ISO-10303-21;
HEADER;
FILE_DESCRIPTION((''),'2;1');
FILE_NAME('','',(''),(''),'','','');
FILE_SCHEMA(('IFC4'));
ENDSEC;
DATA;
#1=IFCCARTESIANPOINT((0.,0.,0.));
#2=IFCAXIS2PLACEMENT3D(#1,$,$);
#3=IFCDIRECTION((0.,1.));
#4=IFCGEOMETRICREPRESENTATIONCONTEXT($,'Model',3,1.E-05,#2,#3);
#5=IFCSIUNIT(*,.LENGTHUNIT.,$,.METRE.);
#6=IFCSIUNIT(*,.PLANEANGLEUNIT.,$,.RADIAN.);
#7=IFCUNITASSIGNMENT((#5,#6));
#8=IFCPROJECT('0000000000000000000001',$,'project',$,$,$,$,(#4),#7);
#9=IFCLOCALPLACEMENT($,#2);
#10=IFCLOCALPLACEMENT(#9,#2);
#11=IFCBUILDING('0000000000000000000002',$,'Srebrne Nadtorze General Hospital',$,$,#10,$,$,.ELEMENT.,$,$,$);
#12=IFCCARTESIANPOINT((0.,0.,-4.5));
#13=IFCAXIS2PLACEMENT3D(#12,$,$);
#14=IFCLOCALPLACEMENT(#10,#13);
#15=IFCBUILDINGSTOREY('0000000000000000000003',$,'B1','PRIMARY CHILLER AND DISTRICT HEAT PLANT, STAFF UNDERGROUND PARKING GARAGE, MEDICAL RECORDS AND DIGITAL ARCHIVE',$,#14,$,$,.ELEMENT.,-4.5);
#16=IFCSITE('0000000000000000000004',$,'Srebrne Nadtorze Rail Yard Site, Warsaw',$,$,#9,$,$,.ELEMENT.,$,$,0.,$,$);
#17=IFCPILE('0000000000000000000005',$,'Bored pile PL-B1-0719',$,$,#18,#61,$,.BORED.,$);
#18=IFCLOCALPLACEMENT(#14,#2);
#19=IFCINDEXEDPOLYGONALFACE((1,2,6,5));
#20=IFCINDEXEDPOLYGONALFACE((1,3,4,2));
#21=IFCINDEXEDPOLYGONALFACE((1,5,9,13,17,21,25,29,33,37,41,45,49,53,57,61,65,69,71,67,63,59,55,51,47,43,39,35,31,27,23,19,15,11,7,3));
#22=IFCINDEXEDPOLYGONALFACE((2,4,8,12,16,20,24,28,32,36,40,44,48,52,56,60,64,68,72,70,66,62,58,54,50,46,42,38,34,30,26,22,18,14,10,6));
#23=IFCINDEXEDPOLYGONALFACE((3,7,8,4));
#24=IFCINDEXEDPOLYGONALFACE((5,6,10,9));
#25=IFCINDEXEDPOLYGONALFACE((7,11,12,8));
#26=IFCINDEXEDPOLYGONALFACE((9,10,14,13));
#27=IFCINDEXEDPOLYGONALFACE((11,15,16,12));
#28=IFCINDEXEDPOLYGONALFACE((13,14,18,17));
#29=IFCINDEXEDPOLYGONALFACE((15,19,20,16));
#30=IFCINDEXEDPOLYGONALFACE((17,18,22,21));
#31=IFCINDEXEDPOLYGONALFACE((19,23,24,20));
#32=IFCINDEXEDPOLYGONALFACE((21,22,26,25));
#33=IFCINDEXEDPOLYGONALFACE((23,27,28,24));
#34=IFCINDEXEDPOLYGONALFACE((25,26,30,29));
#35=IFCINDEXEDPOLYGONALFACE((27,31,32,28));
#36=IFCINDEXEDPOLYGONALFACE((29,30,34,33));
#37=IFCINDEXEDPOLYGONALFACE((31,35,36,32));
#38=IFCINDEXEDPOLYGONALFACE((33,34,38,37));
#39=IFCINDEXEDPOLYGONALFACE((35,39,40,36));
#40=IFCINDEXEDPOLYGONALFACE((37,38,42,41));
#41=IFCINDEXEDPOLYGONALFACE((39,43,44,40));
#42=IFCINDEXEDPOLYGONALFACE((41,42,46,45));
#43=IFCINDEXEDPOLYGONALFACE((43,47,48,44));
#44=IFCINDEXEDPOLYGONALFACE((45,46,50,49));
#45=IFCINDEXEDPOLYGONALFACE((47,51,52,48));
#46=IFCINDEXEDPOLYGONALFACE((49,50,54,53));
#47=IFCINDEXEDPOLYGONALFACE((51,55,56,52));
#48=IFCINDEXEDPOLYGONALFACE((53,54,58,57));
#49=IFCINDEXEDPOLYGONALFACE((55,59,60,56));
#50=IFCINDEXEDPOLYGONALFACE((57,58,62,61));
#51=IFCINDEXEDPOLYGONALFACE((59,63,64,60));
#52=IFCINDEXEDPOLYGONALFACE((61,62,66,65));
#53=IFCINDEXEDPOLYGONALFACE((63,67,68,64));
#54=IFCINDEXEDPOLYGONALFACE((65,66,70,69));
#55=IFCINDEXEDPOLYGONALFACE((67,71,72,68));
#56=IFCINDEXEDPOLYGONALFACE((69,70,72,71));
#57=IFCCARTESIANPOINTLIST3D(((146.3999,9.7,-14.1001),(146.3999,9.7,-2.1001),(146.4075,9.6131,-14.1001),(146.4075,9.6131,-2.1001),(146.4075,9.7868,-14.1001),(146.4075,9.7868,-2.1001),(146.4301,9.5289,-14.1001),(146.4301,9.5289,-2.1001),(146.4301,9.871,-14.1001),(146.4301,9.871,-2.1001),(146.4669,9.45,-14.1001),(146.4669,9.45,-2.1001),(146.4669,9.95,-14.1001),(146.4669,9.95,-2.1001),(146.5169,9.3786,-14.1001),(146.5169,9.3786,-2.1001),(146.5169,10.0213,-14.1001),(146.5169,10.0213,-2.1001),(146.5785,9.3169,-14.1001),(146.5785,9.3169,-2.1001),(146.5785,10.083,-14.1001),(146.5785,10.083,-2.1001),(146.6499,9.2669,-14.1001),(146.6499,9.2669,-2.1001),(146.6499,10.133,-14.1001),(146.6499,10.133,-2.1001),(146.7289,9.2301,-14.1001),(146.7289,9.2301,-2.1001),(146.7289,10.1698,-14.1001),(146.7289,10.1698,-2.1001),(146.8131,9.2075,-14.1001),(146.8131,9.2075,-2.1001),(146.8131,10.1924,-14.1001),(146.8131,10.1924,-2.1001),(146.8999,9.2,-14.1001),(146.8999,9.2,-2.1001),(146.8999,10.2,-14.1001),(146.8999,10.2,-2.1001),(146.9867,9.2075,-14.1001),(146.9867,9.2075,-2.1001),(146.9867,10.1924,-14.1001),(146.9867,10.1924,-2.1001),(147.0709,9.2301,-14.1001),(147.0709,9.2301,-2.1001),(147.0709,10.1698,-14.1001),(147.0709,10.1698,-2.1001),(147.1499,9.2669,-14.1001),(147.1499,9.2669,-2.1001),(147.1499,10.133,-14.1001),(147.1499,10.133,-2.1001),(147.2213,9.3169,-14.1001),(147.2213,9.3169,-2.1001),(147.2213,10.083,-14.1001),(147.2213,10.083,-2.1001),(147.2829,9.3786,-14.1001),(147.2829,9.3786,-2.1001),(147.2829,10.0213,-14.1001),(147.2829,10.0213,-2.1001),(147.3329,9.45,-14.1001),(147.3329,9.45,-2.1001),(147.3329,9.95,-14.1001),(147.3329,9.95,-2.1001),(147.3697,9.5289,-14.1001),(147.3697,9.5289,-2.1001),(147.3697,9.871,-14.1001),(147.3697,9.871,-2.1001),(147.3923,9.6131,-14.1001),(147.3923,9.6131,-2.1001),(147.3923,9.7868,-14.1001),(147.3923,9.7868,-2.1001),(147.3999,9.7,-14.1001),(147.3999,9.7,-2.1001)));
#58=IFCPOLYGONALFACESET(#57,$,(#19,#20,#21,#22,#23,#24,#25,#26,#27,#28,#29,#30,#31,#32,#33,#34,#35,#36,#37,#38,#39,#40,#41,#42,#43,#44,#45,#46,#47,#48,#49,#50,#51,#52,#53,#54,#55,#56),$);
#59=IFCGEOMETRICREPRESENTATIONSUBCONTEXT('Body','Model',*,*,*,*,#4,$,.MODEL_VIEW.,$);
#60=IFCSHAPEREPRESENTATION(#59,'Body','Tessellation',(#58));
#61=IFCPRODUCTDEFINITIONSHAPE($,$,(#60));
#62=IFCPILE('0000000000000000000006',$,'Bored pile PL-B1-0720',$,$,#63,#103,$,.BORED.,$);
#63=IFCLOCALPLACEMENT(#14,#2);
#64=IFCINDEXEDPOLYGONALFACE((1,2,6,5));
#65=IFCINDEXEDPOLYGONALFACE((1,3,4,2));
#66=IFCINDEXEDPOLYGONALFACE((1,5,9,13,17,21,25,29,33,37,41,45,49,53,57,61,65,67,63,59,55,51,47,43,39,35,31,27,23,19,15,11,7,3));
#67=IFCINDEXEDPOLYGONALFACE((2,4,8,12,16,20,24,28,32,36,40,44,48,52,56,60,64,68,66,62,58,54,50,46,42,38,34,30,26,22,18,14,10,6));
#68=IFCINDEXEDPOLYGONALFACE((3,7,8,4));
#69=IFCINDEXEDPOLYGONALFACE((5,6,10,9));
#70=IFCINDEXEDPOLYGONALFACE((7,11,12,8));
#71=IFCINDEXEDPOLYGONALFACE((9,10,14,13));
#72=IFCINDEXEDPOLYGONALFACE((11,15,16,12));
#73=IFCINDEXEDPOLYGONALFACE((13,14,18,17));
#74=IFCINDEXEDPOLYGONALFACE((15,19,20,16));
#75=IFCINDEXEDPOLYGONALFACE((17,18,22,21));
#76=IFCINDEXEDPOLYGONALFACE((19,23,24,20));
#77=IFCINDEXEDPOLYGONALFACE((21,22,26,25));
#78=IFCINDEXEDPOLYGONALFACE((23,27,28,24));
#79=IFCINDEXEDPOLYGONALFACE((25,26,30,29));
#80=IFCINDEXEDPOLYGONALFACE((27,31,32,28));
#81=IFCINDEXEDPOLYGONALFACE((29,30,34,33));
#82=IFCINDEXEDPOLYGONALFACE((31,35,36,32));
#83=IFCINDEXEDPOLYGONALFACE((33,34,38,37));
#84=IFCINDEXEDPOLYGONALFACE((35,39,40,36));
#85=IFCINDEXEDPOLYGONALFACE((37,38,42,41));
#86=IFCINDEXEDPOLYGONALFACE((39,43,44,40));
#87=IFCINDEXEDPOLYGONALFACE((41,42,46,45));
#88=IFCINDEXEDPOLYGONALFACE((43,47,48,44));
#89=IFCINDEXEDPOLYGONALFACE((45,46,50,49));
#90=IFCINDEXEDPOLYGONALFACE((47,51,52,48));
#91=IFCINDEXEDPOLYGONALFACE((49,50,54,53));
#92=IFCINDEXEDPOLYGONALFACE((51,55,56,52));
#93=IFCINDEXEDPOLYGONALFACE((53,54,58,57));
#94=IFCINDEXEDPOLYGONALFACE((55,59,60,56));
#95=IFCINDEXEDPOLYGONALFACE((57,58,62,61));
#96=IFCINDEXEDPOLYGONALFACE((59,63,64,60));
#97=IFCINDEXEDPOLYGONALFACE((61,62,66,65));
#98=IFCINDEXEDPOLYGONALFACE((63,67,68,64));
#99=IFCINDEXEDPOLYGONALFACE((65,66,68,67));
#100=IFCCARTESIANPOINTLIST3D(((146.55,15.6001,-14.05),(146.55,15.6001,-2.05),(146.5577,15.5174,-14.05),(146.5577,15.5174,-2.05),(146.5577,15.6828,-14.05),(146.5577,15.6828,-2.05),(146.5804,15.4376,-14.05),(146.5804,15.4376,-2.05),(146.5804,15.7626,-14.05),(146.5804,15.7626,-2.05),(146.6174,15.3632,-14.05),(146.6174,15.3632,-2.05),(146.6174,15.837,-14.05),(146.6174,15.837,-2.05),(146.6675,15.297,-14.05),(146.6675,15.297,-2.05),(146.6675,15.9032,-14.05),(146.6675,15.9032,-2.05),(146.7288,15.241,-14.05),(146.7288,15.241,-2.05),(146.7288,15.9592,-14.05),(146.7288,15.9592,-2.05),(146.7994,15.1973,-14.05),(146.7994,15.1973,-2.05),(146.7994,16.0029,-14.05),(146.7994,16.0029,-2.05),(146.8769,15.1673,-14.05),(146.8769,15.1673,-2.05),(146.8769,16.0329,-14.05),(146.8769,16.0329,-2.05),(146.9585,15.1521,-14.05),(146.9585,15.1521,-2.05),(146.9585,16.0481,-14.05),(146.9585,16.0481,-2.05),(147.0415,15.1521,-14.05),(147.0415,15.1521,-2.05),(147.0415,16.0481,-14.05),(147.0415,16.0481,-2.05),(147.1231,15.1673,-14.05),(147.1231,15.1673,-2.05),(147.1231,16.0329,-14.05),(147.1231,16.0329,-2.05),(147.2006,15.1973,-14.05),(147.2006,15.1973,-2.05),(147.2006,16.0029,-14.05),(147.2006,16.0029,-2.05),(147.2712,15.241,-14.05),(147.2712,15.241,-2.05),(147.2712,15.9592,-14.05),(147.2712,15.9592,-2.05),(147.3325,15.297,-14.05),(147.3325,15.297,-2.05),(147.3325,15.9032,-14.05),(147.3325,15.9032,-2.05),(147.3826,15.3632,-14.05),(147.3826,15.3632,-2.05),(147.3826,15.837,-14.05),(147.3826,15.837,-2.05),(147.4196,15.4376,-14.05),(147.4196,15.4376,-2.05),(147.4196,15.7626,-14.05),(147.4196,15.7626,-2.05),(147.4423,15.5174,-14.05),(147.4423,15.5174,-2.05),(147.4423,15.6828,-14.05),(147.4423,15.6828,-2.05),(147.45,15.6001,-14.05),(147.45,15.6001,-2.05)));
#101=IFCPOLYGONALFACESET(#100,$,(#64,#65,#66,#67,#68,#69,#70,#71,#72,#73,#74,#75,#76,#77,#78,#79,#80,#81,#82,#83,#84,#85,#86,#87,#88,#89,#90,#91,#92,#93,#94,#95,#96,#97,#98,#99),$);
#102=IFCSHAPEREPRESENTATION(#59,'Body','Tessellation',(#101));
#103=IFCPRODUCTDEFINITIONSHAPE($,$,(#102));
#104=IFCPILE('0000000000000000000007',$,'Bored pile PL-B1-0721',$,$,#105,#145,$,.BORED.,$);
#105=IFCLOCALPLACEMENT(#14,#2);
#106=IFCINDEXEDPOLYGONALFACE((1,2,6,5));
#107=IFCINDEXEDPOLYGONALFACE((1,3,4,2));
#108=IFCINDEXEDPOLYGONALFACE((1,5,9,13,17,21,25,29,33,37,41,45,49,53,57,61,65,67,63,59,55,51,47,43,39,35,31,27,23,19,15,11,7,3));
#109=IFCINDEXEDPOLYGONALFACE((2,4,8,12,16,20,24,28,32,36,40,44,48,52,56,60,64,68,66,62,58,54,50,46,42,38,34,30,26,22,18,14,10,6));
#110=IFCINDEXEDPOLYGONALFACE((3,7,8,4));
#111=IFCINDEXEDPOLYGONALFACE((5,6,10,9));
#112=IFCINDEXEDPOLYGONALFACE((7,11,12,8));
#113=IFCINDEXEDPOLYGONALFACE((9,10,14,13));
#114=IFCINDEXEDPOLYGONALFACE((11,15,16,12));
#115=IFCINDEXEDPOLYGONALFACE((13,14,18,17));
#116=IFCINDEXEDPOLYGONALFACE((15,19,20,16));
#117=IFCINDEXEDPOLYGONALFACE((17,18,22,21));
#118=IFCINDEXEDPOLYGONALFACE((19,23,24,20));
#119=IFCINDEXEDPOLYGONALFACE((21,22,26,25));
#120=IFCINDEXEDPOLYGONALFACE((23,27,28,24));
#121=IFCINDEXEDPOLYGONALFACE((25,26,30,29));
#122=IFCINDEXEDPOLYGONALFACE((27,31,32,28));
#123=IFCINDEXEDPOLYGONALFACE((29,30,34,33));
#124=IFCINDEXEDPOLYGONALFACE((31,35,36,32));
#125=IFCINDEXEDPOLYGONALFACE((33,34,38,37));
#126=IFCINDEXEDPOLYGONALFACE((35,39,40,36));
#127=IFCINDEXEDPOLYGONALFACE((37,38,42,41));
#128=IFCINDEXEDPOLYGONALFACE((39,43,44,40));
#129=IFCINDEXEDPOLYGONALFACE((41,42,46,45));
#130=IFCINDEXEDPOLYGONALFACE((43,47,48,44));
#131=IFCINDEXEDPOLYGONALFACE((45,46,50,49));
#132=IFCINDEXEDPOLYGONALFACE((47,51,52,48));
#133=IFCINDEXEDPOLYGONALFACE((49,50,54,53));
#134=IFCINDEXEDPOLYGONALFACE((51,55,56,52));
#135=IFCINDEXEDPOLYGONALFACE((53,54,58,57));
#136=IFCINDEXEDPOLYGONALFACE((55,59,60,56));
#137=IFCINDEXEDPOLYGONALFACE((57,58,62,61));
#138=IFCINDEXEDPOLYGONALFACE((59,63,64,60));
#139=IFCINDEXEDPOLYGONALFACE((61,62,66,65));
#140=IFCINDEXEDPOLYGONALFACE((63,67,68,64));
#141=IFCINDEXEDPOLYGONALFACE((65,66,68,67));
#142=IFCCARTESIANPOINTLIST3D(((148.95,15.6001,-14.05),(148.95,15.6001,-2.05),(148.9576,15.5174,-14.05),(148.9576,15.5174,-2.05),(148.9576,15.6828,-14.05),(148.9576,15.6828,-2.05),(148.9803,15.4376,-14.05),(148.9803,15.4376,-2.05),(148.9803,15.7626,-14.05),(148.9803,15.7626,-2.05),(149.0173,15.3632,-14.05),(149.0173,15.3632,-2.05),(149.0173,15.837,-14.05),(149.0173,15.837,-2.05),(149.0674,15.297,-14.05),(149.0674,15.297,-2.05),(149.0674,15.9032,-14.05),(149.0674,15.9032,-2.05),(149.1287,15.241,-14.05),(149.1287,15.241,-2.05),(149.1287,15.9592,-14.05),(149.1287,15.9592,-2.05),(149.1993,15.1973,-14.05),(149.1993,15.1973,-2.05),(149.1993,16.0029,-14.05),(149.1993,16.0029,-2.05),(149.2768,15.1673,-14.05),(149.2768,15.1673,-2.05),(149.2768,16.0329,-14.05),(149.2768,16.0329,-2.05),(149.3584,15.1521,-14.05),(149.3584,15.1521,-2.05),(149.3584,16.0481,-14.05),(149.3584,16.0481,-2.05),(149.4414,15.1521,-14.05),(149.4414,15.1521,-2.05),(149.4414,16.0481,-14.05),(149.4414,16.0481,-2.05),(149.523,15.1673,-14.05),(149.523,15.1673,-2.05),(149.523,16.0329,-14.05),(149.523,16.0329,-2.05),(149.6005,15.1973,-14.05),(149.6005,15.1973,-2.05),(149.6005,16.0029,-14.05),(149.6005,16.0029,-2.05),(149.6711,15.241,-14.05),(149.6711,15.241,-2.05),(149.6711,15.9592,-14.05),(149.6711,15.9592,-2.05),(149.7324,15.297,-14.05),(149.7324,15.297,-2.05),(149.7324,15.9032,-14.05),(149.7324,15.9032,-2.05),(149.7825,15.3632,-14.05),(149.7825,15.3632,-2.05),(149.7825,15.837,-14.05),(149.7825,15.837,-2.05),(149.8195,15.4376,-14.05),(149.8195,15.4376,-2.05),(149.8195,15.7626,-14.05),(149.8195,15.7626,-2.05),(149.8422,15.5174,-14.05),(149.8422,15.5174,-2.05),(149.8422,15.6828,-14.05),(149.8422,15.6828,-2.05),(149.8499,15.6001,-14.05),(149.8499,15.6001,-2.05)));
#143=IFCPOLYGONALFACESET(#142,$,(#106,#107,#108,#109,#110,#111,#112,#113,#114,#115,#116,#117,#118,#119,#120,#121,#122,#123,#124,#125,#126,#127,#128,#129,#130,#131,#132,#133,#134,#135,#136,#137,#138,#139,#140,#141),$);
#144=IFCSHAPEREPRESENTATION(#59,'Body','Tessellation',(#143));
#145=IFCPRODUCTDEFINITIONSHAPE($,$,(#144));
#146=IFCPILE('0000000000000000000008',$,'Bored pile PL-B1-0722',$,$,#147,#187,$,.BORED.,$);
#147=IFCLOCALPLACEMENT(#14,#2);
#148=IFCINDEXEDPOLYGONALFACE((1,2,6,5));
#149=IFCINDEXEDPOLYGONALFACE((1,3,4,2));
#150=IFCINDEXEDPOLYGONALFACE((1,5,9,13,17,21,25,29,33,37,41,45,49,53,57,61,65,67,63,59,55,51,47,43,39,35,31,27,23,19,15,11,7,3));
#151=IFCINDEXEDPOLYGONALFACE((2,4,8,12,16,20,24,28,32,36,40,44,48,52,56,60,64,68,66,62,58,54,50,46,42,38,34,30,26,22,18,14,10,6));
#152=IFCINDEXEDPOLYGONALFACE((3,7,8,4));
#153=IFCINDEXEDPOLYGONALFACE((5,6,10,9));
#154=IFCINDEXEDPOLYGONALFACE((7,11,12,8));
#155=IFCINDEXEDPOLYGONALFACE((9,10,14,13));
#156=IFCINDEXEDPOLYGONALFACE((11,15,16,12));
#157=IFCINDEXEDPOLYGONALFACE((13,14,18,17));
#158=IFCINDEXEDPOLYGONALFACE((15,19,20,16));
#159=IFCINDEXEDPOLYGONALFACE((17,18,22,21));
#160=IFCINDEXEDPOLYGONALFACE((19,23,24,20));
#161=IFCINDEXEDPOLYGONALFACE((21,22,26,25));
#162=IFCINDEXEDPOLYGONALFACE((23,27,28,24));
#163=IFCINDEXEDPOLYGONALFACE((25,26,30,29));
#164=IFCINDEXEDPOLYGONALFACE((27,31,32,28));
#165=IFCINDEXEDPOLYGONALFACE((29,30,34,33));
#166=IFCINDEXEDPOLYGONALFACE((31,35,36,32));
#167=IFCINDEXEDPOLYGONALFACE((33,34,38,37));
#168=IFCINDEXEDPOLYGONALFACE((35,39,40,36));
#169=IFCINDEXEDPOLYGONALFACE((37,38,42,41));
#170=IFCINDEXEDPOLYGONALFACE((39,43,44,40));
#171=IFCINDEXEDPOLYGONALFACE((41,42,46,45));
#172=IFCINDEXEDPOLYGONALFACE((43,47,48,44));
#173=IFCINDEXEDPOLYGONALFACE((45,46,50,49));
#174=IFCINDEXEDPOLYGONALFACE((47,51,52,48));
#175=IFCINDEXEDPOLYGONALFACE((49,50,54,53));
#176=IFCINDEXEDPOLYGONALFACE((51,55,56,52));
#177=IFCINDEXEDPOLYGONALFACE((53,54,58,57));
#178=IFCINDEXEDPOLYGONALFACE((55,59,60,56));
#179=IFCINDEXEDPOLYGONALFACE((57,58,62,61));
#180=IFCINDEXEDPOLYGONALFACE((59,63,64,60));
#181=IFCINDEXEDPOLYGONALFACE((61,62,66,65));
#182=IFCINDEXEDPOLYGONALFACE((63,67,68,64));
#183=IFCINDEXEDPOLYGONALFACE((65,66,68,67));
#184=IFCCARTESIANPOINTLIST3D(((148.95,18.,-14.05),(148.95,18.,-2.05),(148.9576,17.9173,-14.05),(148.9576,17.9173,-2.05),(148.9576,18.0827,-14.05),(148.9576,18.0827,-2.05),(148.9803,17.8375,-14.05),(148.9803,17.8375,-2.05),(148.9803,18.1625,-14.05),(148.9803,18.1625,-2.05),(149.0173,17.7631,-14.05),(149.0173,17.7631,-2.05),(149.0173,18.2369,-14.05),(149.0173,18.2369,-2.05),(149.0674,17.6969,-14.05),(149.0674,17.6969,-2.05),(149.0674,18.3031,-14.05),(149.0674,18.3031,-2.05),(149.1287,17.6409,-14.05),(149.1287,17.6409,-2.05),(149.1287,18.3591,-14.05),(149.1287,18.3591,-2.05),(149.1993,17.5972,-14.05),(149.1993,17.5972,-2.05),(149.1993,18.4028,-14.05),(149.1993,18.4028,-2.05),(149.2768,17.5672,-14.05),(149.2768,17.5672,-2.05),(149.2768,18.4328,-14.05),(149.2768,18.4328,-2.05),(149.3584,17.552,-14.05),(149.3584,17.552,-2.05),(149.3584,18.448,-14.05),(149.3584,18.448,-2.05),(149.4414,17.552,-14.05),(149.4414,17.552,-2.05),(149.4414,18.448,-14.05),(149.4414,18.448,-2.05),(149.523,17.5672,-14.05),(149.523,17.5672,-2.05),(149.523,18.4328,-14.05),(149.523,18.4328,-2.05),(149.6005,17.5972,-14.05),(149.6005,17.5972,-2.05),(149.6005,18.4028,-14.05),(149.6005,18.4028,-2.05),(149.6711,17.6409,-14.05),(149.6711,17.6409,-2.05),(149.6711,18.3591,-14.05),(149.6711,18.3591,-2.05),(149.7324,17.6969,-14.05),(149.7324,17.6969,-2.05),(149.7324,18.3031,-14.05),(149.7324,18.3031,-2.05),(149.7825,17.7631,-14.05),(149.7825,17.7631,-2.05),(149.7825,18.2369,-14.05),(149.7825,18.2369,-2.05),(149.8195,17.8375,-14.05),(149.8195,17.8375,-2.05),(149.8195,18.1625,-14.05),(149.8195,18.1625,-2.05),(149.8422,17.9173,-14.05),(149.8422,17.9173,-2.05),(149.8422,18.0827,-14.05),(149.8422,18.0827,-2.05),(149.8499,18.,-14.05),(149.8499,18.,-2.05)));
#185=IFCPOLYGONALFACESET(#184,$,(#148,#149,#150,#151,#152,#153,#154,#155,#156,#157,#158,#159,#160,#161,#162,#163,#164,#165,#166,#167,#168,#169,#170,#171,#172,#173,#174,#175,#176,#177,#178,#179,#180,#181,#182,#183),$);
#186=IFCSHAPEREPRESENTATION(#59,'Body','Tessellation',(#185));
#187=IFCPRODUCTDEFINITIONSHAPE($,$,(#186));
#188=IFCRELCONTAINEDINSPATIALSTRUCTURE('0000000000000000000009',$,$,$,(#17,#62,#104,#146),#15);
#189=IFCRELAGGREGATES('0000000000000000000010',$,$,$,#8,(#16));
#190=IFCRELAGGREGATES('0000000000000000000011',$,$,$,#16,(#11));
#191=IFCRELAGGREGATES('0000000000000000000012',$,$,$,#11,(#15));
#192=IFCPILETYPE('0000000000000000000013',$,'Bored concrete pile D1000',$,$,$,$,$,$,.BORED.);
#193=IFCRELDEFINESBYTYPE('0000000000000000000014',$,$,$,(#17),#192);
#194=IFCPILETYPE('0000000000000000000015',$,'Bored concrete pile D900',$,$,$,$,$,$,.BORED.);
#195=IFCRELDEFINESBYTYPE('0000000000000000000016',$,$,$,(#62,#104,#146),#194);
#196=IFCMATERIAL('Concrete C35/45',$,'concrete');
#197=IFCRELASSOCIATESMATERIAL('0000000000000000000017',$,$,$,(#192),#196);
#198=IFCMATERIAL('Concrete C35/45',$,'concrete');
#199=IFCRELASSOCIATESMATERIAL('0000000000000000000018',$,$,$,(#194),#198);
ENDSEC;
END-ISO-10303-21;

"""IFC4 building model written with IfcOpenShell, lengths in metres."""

from ifc_helpers import new_model, si_unit, direction, frame, origin, origin_2d, place, context, subcontext, project, spatial, circle, extrude, material, material_profile, profile_set, type_object, element, save


model = new_model("IFC4")

# Units and contexts
model_context = context("Model", 3, precision=1e-05, world=origin(), true_north=direction((0.0, 1.0)))
body_context = subcontext(model_context, "Body", "Model", "MODEL_VIEW")
ifc_project = project(units=[si_unit("LENGTHUNIT", "METRE"), si_unit("PLANEANGLEUNIT", "RADIAN")], contexts=[model_context])

# Site, building, storey
site_placement = place(None, origin())
site = spatial("IfcSite", under=ifc_project, at=site_placement, Name="Srebrne Nadtorze Rail Yard Site, Warsaw", CompositionType="ELEMENT", RefElevation=0.0)
building_placement = place(site_placement, origin())
building = spatial("IfcBuilding", under=site, at=building_placement, Name="Srebrne Nadtorze General Hospital", CompositionType="ELEMENT")
storey_placement = place(building_placement, frame((0.0, 0.0, -4.5)))
storey = spatial("IfcBuildingStorey", under=building, at=storey_placement, Name="B1", Description="PRIMARY CHILLER AND DISTRICT HEAT PLANT, STAFF UNDERGROUND PARKING GARAGE, MEDICAL RECORDS AND DIGITAL ARCHIVE", CompositionType="ELEMENT", Elevation=-4.5)

# Piles
ifc_material_1 = material(Name="Concrete C35/45", Category="concrete")
ifc_material_profile_1 = material_profile(ifc_material_1, circle(Radius=0.5, at=origin_2d()), Name="PILE-D1000")
ifc_profile_set_1 = profile_set([ifc_material_profile_1], Name="Concrete C35/45")
pile_type_1 = type_object("IfcPileType", Name="Bored concrete pile D1000", PredefinedType="BORED", material=ifc_profile_set_1)
for number, where, z_axis, x_axis, name in (
    (1, (146.8999, 9.7, -2.1001), (0.0, 0.0, -1.0), (1.0, 0.0, 0.0), "Bored pile PL-B1-0719"),
):
    element("IfcPile", number, at=place(storey_placement, frame(where, z_axis=z_axis, x_axis=x_axis)), inside=storey, type_object=pile_type_1, Name=name, PredefinedType="BORED", context=body_context, shape_type="SweptSolid", body=[
        extrude(circle(Radius=0.5, at=origin_2d()), origin(), (0.0, 0.0, 1.0), 12.0),
    ])
ifc_material_2 = material(Name="Concrete C35/45", Category="concrete")
ifc_material_profile_2 = material_profile(ifc_material_2, circle(Radius=0.45, at=origin_2d()), Name="PILE-D900")
ifc_profile_set_2 = profile_set([ifc_material_profile_2], Name="Concrete C35/45")
pile_type_2 = type_object("IfcPileType", Name="Bored concrete pile D900", PredefinedType="BORED", material=ifc_profile_set_2)
for number, where, z_axis, x_axis, name in (
    (2, (147.0, 15.6001, -2.05), (0.0, 0.0, -1.0), (1.0, 0.0, 0.0), "Bored pile PL-B1-0720"),
    (3, (149.3999, 15.6001, -2.05), (0.0, 0.0, -1.0), (1.0, 0.0, 0.0), "Bored pile PL-B1-0721"),
    (4, (149.3999, 18.0, -2.05), (0.0, 0.0, -1.0), (1.0, 0.0, 0.0), "Bored pile PL-B1-0722"),
):
    element("IfcPile", number, at=place(storey_placement, frame(where, z_axis=z_axis, x_axis=x_axis)), inside=storey, type_object=pile_type_2, Name=name, PredefinedType="BORED", context=body_context, shape_type="SweptSolid", body=[
        extrude(circle(Radius=0.45, at=origin_2d()), origin(), (0.0, 0.0, 1.0), 12.0),
    ])

save(model, "model.ifc")
